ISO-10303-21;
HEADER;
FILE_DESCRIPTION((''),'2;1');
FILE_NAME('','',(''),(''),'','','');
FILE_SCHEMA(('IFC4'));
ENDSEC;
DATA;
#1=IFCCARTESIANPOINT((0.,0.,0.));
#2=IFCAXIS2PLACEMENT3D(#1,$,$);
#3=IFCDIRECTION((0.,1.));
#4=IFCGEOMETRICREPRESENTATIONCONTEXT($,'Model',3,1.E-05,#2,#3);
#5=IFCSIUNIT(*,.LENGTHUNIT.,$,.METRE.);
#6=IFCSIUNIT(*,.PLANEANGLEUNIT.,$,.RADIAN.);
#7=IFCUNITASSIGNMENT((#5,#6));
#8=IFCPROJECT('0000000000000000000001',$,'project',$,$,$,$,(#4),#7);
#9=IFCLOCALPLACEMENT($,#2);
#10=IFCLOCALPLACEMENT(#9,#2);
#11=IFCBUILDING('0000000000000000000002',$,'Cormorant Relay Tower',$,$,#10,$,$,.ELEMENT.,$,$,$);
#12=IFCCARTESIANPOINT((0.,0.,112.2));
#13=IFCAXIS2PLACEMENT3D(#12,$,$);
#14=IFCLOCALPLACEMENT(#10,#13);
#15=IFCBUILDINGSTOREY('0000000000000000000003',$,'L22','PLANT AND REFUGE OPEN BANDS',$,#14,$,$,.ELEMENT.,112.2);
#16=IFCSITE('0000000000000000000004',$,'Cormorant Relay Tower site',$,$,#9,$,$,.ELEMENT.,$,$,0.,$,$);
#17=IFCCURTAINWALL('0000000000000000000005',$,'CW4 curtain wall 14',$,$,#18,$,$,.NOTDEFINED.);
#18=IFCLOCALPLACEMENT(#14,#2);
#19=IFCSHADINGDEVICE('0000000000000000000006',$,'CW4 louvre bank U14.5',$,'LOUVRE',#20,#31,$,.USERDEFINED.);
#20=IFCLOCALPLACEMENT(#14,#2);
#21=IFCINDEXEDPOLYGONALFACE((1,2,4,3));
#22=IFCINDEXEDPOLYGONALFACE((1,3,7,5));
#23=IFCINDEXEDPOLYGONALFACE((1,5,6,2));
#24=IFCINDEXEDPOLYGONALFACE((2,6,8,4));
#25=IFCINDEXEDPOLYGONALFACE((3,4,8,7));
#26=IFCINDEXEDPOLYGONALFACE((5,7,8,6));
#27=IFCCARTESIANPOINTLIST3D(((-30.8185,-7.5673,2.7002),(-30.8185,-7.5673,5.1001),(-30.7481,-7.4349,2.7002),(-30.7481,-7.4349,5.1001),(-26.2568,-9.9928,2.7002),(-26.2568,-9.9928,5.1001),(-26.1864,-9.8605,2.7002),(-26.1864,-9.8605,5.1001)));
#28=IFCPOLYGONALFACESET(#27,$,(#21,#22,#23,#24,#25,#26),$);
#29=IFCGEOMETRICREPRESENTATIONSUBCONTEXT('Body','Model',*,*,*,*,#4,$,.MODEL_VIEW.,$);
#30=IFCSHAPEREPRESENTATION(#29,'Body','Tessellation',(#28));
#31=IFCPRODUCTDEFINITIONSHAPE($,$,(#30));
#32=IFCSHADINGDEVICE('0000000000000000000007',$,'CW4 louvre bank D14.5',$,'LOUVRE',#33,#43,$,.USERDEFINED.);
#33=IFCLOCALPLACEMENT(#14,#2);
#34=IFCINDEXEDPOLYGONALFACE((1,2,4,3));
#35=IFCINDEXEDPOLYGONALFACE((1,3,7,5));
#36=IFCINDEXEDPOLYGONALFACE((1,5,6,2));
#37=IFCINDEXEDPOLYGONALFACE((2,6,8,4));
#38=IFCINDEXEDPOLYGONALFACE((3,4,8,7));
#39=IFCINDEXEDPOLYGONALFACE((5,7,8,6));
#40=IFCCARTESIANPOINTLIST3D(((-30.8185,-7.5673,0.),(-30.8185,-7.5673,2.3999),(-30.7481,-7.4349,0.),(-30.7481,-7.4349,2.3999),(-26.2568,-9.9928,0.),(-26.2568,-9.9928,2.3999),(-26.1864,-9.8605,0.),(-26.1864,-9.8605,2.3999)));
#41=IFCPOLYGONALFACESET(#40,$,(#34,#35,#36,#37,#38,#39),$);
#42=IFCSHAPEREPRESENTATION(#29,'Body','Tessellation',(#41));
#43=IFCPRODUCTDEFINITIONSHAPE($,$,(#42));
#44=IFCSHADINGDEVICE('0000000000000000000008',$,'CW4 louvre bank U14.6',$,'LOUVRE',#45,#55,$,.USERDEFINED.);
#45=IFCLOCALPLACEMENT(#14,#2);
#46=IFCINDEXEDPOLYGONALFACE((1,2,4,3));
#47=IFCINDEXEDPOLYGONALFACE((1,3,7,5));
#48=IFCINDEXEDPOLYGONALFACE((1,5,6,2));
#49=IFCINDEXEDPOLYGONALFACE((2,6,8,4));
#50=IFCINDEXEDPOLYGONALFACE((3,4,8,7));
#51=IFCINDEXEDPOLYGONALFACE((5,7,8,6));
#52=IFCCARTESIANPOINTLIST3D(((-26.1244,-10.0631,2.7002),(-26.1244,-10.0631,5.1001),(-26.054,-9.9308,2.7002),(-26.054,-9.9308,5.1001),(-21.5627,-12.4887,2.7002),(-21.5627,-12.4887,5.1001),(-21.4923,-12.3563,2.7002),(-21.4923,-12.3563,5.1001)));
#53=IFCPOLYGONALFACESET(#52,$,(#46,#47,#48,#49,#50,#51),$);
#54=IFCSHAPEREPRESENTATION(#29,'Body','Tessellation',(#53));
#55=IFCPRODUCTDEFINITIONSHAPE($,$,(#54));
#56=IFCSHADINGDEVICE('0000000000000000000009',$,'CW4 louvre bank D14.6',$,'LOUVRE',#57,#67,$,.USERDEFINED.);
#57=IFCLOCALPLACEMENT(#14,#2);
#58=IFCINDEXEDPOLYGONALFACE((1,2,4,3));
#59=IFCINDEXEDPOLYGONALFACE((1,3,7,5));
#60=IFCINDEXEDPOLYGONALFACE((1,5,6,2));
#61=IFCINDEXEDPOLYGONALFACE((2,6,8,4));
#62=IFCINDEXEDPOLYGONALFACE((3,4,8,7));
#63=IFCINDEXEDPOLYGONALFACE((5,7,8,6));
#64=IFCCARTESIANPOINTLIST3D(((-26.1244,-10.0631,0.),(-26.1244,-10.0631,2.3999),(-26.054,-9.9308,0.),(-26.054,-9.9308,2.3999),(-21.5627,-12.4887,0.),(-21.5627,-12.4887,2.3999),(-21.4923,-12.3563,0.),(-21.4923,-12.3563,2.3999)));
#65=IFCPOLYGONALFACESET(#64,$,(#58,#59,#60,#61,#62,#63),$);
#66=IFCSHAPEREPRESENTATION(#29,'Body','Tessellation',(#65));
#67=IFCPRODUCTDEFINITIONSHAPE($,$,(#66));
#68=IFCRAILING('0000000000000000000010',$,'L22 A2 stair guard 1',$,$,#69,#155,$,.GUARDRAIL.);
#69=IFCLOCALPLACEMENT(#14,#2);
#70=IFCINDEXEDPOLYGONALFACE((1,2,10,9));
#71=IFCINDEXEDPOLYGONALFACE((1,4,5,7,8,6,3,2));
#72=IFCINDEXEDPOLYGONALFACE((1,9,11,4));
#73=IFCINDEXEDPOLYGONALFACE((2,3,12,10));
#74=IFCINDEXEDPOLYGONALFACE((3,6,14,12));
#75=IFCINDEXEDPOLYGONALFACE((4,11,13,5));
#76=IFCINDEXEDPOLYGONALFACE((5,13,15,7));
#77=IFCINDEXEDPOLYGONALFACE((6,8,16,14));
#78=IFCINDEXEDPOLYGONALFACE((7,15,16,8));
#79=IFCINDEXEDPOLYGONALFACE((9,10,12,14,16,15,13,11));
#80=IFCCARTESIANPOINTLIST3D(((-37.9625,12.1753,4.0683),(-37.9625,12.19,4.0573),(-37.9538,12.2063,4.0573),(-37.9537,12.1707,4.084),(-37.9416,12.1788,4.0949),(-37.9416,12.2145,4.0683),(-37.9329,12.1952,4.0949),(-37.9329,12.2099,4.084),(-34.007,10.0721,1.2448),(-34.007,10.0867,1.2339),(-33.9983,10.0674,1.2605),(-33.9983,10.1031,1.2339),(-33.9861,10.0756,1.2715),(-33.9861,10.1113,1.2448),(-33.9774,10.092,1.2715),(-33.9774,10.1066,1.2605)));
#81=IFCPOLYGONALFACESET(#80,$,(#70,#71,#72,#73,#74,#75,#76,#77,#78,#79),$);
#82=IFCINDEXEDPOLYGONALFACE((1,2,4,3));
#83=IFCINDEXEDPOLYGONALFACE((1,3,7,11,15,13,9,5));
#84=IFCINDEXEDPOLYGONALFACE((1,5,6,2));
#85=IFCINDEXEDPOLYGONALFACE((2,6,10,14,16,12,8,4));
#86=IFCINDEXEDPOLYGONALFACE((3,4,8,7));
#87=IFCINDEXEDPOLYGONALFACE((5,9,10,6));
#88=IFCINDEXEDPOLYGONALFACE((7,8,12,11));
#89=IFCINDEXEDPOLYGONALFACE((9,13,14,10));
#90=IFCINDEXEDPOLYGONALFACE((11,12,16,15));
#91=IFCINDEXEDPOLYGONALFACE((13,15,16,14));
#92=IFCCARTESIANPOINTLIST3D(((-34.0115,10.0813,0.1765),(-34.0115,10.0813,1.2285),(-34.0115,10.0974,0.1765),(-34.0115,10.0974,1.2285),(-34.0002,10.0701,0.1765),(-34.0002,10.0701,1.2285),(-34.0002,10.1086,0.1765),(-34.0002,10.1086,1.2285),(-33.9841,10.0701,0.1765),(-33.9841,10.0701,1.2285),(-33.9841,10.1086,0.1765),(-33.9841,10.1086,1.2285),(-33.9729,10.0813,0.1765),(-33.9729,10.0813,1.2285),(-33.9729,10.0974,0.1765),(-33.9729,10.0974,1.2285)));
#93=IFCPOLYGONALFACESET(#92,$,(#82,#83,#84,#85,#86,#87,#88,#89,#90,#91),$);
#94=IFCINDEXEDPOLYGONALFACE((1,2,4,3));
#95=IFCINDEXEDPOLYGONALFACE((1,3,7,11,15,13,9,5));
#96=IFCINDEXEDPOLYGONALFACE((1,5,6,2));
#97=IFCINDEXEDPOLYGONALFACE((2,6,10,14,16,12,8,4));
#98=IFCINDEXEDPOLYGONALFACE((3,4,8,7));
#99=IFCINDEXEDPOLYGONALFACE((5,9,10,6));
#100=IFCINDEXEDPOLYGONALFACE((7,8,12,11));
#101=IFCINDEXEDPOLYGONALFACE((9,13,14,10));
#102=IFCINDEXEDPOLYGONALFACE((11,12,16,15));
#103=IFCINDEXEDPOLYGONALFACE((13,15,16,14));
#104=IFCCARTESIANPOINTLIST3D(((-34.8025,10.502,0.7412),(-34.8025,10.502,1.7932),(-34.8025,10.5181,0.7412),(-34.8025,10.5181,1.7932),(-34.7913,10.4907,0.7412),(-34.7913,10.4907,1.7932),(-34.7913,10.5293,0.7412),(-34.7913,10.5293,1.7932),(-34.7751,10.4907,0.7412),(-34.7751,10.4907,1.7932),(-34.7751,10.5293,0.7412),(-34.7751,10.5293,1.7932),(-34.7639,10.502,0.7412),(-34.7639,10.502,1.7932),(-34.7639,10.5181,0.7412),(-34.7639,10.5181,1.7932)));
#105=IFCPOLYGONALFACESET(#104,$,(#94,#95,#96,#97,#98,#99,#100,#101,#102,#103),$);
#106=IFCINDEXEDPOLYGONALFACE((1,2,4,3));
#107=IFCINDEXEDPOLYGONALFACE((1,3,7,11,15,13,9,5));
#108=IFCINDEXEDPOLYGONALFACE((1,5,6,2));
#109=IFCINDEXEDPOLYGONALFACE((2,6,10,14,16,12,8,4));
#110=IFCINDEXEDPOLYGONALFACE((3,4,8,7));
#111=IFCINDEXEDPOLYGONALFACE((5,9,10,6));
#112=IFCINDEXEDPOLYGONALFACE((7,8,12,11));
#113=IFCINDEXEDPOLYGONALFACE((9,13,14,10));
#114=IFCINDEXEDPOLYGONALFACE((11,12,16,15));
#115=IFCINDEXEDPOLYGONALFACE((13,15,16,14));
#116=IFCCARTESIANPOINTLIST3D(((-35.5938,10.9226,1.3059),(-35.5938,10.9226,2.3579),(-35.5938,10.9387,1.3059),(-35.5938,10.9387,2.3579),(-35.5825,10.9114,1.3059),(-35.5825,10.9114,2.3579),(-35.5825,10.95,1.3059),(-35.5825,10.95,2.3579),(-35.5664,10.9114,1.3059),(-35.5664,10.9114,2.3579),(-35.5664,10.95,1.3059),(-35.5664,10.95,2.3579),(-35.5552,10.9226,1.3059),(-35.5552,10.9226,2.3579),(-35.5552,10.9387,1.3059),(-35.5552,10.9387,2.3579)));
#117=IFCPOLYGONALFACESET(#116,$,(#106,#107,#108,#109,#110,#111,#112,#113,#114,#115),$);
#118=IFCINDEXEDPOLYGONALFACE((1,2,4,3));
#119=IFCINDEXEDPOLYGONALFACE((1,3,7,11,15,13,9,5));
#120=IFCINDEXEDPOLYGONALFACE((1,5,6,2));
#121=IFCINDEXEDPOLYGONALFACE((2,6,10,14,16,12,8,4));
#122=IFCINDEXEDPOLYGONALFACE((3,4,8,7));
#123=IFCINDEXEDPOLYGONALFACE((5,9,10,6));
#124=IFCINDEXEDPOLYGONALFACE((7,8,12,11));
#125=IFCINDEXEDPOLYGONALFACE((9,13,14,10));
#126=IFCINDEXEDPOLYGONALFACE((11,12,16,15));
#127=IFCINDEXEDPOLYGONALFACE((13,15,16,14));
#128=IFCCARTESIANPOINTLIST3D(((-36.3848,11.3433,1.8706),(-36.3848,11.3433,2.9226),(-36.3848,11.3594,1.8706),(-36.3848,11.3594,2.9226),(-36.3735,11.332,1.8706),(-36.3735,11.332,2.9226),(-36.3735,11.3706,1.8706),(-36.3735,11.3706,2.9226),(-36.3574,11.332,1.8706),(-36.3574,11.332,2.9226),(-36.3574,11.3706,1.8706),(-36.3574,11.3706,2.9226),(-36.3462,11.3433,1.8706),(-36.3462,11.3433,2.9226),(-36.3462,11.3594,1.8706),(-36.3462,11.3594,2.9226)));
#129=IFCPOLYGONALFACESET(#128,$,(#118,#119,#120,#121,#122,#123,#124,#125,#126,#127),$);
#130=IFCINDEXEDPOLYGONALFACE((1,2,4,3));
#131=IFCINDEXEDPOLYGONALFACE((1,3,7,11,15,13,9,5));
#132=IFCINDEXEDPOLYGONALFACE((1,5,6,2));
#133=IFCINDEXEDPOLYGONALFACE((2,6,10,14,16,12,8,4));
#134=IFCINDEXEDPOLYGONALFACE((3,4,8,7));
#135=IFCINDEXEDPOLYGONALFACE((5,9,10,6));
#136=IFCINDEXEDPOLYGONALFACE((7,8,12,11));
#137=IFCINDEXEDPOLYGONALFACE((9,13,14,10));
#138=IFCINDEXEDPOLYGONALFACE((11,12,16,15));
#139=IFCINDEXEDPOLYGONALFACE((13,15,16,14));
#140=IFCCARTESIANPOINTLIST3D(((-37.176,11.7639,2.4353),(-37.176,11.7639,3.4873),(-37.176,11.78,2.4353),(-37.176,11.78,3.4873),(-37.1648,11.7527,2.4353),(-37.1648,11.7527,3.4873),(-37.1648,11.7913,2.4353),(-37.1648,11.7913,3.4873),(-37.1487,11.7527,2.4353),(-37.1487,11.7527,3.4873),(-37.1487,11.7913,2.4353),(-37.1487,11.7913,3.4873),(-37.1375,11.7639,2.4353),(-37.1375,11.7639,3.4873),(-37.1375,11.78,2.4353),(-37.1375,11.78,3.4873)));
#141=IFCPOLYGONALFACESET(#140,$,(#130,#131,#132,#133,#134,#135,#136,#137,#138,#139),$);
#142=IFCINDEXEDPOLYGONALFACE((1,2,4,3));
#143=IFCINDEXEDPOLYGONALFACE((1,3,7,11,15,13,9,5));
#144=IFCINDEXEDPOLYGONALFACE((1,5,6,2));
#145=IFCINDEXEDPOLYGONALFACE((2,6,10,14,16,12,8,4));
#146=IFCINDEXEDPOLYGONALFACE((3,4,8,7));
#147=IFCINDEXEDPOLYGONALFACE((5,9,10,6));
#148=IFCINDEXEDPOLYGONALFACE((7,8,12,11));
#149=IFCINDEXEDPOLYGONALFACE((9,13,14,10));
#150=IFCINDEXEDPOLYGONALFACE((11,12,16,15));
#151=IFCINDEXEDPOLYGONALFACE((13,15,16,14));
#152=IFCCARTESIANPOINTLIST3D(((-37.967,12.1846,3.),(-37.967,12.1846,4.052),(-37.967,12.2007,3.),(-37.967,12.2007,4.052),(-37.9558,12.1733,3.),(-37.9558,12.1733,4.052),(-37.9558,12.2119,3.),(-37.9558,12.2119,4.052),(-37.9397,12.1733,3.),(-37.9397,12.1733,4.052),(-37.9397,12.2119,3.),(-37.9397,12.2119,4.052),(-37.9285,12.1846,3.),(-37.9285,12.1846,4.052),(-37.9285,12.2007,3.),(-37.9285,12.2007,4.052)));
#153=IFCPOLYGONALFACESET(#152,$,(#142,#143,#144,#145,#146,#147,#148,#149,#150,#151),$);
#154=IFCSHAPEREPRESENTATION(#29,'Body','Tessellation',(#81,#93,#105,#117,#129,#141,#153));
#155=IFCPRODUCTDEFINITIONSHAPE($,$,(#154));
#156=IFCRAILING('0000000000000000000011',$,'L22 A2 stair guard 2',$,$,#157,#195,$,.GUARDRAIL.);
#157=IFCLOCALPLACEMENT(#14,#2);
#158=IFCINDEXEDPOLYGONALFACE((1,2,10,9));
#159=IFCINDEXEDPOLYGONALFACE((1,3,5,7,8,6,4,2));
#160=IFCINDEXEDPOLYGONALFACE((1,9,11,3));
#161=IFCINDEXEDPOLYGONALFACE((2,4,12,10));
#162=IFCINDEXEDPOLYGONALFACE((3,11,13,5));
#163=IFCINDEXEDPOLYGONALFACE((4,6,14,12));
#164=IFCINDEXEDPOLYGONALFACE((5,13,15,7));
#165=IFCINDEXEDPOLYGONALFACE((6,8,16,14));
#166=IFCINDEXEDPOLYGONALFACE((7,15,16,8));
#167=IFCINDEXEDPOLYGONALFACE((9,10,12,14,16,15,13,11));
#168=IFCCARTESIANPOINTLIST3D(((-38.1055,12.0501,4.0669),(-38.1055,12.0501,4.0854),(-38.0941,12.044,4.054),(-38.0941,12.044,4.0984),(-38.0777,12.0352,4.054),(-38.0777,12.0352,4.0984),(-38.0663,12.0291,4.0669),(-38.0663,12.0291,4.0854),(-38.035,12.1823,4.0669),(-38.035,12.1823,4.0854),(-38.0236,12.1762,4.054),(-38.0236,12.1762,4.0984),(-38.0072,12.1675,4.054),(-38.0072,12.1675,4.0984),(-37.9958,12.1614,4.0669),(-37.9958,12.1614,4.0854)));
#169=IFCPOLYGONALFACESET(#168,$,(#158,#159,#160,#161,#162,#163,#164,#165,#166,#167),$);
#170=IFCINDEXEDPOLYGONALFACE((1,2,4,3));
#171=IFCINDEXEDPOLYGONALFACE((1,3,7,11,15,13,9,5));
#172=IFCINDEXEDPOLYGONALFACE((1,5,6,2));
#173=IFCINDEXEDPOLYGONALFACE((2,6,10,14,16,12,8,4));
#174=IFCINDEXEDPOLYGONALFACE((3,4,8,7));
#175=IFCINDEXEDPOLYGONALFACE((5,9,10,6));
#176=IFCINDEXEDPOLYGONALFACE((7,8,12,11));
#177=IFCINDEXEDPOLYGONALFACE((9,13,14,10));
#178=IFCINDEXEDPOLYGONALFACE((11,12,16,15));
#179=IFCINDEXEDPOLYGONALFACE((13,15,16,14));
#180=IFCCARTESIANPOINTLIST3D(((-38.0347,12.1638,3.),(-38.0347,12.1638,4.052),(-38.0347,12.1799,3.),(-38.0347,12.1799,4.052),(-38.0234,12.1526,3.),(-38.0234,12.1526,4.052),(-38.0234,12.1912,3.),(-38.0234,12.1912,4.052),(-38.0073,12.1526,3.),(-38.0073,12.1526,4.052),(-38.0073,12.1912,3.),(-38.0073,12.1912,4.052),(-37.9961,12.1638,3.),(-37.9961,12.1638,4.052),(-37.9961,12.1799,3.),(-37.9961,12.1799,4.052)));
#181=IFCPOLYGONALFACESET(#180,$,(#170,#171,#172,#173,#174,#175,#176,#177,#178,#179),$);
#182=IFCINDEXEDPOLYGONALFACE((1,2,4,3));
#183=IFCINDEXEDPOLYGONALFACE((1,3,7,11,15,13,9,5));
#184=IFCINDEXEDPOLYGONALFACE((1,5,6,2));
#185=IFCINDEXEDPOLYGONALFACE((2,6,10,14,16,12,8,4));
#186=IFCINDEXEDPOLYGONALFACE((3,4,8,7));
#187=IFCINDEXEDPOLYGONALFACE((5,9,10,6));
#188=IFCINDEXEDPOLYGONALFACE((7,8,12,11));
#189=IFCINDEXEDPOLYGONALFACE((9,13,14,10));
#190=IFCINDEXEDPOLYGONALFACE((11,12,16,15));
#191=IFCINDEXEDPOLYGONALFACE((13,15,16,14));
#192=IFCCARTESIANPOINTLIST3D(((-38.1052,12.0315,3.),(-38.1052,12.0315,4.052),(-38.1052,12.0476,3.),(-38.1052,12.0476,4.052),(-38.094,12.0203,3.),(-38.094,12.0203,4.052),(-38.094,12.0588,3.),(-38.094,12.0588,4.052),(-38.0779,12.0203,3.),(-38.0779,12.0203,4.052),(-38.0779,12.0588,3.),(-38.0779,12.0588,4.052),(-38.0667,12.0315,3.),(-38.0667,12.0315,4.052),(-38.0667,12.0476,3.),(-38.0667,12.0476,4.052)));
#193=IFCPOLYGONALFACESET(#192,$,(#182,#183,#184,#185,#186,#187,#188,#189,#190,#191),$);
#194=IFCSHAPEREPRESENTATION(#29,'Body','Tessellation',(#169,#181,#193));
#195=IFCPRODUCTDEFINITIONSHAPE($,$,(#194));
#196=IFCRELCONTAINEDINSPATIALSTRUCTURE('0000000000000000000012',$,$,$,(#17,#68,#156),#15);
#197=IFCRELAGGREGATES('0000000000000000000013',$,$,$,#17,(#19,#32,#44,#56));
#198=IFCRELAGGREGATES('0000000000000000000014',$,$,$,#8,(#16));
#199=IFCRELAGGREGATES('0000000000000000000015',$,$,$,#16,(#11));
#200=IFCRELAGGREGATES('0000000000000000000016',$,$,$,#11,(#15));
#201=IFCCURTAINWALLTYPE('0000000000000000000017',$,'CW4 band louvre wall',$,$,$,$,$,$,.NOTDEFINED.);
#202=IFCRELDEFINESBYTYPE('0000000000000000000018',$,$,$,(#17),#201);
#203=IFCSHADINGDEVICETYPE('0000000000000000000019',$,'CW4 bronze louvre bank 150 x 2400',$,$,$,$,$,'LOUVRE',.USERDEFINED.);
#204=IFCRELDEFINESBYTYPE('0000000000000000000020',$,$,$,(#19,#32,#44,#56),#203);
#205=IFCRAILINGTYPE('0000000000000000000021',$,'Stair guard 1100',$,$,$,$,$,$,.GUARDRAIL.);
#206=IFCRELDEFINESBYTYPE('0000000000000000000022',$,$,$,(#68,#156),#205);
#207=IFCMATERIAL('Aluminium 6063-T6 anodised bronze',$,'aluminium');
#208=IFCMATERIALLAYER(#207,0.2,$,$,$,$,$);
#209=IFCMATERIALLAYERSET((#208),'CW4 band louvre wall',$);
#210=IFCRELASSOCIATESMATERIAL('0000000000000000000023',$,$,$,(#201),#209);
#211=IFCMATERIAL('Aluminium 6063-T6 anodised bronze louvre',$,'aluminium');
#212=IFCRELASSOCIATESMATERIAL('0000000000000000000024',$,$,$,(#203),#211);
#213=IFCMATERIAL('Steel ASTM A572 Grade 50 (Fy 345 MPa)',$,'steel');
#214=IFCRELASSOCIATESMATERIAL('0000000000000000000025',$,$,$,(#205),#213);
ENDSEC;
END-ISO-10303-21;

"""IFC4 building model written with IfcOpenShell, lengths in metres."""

from ifc_helpers import new_model, si_unit, direction, frame, origin, origin_2d, place, context, subcontext, project, spatial, polyline, rectangle, outline, extrude, material, layer, layer_set, type_object, element, aggregate, save


model = new_model("IFC4")

# Units and contexts
model_context = context("Model", 3, precision=1e-05, world=origin(), true_north=direction((0.0, 1.0)))
body_context = subcontext(model_context, "Body", "Model", "MODEL_VIEW")
ifc_project = project(units=[si_unit("LENGTHUNIT", "METRE"), si_unit("PLANEANGLEUNIT", "RADIAN")], contexts=[model_context])

# Site, building, storey
site_placement = place(None, origin())
site = spatial("IfcSite", under=ifc_project, at=site_placement, Name="Cormorant Relay Tower site", CompositionType="ELEMENT", RefElevation=0.0)
building_placement = place(site_placement, origin())
building = spatial("IfcBuilding", under=site, at=building_placement, Name="Cormorant Relay Tower", CompositionType="ELEMENT")
storey_placement = place(building_placement, frame((0.0, 0.0, 112.2)))
storey = spatial("IfcBuildingStorey", under=building, at=storey_placement, Name="L22", Description="PLANT AND REFUGE OPEN BANDS", CompositionType="ELEMENT", Elevation=112.2)

# Curtain wall
ifc_material_1 = material(Name="Aluminium 6063-T6 anodised bronze", Category="aluminium")
ifc_layer_1 = layer(ifc_material_1, 0.2)
ifc_layer_set_1 = layer_set([ifc_layer_1], Name="CW4 band louvre wall")
curtain_wall_type = type_object("IfcCurtainWallType", Name="CW4 band louvre wall", PredefinedType="NOTDEFINED", material=ifc_layer_set_1)
curtain_wall_placement = place(storey_placement, origin())
curtain_wall = element("IfcCurtainWall", 1, at=curtain_wall_placement, inside=storey, type_object=curtain_wall_type, Name="CW4 curtain wall 14", PredefinedType="NOTDEFINED")

# Shading devices
ifc_material_2 = material(Name="Aluminium 6063-T6 anodised bronze louvre", Category="aluminium")
shading_device_type = type_object("IfcShadingDeviceType", Name="CW4 bronze louvre bank 150 x 2400", ElementType="LOUVRE", PredefinedType="USERDEFINED", material=ifc_material_2)
shading_device_1_placement = place(storey_placement, frame((-28.5024, -8.7139, 2.7002), z_axis=(0.0, 0.0, 1.0), x_axis=(0.882948, -0.469472, 0.0)))
shading_device_1 = element("IfcShadingDevice", 2, at=shading_device_1_placement, type_object=shading_device_type, Name="CW4 louvre bank U14.5", ObjectType="LOUVRE", PredefinedType="USERDEFINED", context=body_context, shape_type="SweptSolid", body=[
    extrude(rectangle(XDim=5.1665, YDim=0.1499, at=origin_2d()), origin(), (0.0, 0.0, 1.0), 2.3999),
])
shading_device_2_placement = place(storey_placement, frame((-28.5024, -8.7139, 0.0), z_axis=(0.0, 0.0, 1.0), x_axis=(0.882948, -0.469472, 0.0)))
shading_device_2 = element("IfcShadingDevice", 3, at=shading_device_2_placement, type_object=shading_device_type, Name="CW4 louvre bank D14.5", ObjectType="LOUVRE", PredefinedType="USERDEFINED", context=body_context, shape_type="SweptSolid", body=[
    extrude(rectangle(XDim=5.1665, YDim=0.1499, at=origin_2d()), origin(), (0.0, 0.0, 1.0), 2.3999),
])
shading_device_3_placement = place(storey_placement, frame((-23.8083, -11.2097, 2.7002), z_axis=(0.0, 0.0, 1.0), x_axis=(0.882948, -0.469472, 0.0)))
shading_device_3 = element("IfcShadingDevice", 4, at=shading_device_3_placement, type_object=shading_device_type, Name="CW4 louvre bank U14.6", ObjectType="LOUVRE", PredefinedType="USERDEFINED", context=body_context, shape_type="SweptSolid", body=[
    extrude(rectangle(XDim=5.1665, YDim=0.1499, at=origin_2d()), origin(), (0.0, 0.0, 1.0), 2.3999),
])
shading_device_4_placement = place(storey_placement, frame((-23.8083, -11.2097, 0.0), z_axis=(0.0, 0.0, 1.0), x_axis=(0.882948, -0.469472, 0.0)))
shading_device_4 = element("IfcShadingDevice", 5, at=shading_device_4_placement, type_object=shading_device_type, Name="CW4 louvre bank D14.6", ObjectType="LOUVRE", PredefinedType="USERDEFINED", context=body_context, shape_type="SweptSolid", body=[
    extrude(rectangle(XDim=5.1665, YDim=0.1499, at=origin_2d()), origin(), (0.0, 0.0, 1.0), 2.3999),
])
aggregate(curtain_wall, [shading_device_1, shading_device_2, shading_device_3, shading_device_4])

# Railings
ifc_material_3 = material(Name="Steel ASTM A572 Grade 50 (Fy 345 MPa)", Category="steel")
railing_type_1 = type_object("IfcRailingType", Name="Stair guard 1100", PredefinedType="GUARDRAIL", material=ifc_material_3)
railing_1_placement = place(storey_placement, frame((-33.9922, 10.0894, 0.1765)))
element("IfcRailing", 6, at=railing_1_placement, inside=storey, type_object=railing_type_1, Name="L22 A2 stair guard 1", PredefinedType="GUARDRAIL", context=body_context, shape_type="SweptSolid", body=[
    extrude(outline(polyline([(0.0222, 0.0093), (0.0093, 0.0222), (-0.0093, 0.0222), (-0.0222, 0.0093), (-0.0222, -0.0093), (-0.0093, -0.0222), (0.0093, -0.0222), (0.0222, -0.0093), (0.0222, 0.0093)])), frame((0.0, 0.0, 1.0762), z_axis=(-0.746967, 0.397181, 0.533186), x_axis=(-0.469482, -0.882942, 0.0)), (0.0, 0.0, 1.0), 5.2954),
    extrude(outline(polyline([(0.0193, 0.0081), (0.0081, 0.0193), (-0.0081, 0.0193), (-0.0193, 0.0081), (-0.0193, -0.0081), (-0.0081, -0.0193), (0.0081, -0.0193), (0.0193, -0.0081), (0.0193, 0.0081)])), origin(), (0.0, 0.0, 1.0), 1.052),
    extrude(outline(polyline([(0.0193, 0.0081), (0.0081, 0.0193), (-0.0081, 0.0193), (-0.0193, 0.0081), (-0.0193, -0.0081), (-0.0081, -0.0193), (0.0081, -0.0193), (0.0193, -0.0081), (0.0193, 0.0081)])), frame((-0.791, 0.4207, 0.5647)), (0.0, 0.0, 1.0), 1.052),
    extrude(outline(polyline([(0.0193, 0.0081), (0.0081, 0.0193), (-0.0081, 0.0193), (-0.0193, 0.0081), (-0.0193, -0.0081), (-0.0081, -0.0193), (0.0081, -0.0193), (0.0193, -0.0081), (0.0193, 0.0081)])), frame((-1.5823, 0.8413, 1.1294)), (0.0, 0.0, 1.0), 1.052),
    extrude(outline(polyline([(0.0193, 0.0081), (0.0081, 0.0193), (-0.0081, 0.0193), (-0.0193, 0.0081), (-0.0193, -0.0081), (-0.0081, -0.0193), (0.0081, -0.0193), (0.0193, -0.0081), (0.0193, 0.0081)])), frame((-2.3733, 1.262, 1.6941)), (0.0, 0.0, 1.0), 1.052),
    extrude(outline(polyline([(0.0193, 0.0081), (0.0081, 0.0193), (-0.0081, 0.0193), (-0.0193, 0.0081), (-0.0193, -0.0081), (-0.0081, -0.0193), (0.0081, -0.0193), (0.0193, -0.0081), (0.0193, 0.0081)])), frame((-3.1646, 1.6826, 2.2588)), (0.0, 0.0, 1.0), 1.052),
    extrude(outline(polyline([(0.0193, 0.0081), (0.0081, 0.0193), (-0.0081, 0.0193), (-0.0193, 0.0081), (-0.0193, -0.0081), (-0.0081, -0.0193), (0.0081, -0.0193), (0.0193, -0.0081), (0.0193, 0.0081)])), frame((-3.9556, 2.1033, 2.8235)), (0.0, 0.0, 1.0), 1.052),
])
railing_2_placement = place(storey_placement, frame((-38.0154, 12.1719, 3.0)))
element("IfcRailing", 7, at=railing_2_placement, inside=storey, type_object=railing_type_1, Name="L22 A2 stair guard 2", PredefinedType="GUARDRAIL", context=body_context, shape_type="SweptSolid", body=[
    extrude(outline(polyline([(0.0222, 0.0093), (0.0093, 0.0222), (-0.0093, 0.0222), (-0.0222, 0.0093), (-0.0222, -0.0093), (-0.0093, -0.0222), (0.0093, -0.0222), (0.0222, -0.0093), (0.0222, 0.0093)])), frame((0.0, 0.0, 1.0762), z_axis=(-0.470504, -0.882398, 0.0), x_axis=(0.882398, -0.470504, 0.0)), (0.0, 0.0, 1.0), 0.1499),
    extrude(outline(polyline([(0.0193, 0.0081), (0.0081, 0.0193), (-0.0081, 0.0193), (-0.0193, 0.0081), (-0.0193, -0.0081), (-0.0081, -0.0193), (0.0081, -0.0193), (0.0193, -0.0081), (0.0193, 0.0081)])), origin(), (0.0, 0.0, 1.0), 1.052),
    extrude(outline(polyline([(0.0193, 0.0081), (0.0081, 0.0193), (-0.0081, 0.0193), (-0.0193, 0.0081), (-0.0193, -0.0081), (-0.0081, -0.0193), (0.0081, -0.0193), (0.0193, -0.0081), (0.0193, 0.0081)])), frame((-0.0706, -0.1323, 0.0)), (0.0, 0.0, 1.0), 1.052),
])

save(model, "model.ifc")
